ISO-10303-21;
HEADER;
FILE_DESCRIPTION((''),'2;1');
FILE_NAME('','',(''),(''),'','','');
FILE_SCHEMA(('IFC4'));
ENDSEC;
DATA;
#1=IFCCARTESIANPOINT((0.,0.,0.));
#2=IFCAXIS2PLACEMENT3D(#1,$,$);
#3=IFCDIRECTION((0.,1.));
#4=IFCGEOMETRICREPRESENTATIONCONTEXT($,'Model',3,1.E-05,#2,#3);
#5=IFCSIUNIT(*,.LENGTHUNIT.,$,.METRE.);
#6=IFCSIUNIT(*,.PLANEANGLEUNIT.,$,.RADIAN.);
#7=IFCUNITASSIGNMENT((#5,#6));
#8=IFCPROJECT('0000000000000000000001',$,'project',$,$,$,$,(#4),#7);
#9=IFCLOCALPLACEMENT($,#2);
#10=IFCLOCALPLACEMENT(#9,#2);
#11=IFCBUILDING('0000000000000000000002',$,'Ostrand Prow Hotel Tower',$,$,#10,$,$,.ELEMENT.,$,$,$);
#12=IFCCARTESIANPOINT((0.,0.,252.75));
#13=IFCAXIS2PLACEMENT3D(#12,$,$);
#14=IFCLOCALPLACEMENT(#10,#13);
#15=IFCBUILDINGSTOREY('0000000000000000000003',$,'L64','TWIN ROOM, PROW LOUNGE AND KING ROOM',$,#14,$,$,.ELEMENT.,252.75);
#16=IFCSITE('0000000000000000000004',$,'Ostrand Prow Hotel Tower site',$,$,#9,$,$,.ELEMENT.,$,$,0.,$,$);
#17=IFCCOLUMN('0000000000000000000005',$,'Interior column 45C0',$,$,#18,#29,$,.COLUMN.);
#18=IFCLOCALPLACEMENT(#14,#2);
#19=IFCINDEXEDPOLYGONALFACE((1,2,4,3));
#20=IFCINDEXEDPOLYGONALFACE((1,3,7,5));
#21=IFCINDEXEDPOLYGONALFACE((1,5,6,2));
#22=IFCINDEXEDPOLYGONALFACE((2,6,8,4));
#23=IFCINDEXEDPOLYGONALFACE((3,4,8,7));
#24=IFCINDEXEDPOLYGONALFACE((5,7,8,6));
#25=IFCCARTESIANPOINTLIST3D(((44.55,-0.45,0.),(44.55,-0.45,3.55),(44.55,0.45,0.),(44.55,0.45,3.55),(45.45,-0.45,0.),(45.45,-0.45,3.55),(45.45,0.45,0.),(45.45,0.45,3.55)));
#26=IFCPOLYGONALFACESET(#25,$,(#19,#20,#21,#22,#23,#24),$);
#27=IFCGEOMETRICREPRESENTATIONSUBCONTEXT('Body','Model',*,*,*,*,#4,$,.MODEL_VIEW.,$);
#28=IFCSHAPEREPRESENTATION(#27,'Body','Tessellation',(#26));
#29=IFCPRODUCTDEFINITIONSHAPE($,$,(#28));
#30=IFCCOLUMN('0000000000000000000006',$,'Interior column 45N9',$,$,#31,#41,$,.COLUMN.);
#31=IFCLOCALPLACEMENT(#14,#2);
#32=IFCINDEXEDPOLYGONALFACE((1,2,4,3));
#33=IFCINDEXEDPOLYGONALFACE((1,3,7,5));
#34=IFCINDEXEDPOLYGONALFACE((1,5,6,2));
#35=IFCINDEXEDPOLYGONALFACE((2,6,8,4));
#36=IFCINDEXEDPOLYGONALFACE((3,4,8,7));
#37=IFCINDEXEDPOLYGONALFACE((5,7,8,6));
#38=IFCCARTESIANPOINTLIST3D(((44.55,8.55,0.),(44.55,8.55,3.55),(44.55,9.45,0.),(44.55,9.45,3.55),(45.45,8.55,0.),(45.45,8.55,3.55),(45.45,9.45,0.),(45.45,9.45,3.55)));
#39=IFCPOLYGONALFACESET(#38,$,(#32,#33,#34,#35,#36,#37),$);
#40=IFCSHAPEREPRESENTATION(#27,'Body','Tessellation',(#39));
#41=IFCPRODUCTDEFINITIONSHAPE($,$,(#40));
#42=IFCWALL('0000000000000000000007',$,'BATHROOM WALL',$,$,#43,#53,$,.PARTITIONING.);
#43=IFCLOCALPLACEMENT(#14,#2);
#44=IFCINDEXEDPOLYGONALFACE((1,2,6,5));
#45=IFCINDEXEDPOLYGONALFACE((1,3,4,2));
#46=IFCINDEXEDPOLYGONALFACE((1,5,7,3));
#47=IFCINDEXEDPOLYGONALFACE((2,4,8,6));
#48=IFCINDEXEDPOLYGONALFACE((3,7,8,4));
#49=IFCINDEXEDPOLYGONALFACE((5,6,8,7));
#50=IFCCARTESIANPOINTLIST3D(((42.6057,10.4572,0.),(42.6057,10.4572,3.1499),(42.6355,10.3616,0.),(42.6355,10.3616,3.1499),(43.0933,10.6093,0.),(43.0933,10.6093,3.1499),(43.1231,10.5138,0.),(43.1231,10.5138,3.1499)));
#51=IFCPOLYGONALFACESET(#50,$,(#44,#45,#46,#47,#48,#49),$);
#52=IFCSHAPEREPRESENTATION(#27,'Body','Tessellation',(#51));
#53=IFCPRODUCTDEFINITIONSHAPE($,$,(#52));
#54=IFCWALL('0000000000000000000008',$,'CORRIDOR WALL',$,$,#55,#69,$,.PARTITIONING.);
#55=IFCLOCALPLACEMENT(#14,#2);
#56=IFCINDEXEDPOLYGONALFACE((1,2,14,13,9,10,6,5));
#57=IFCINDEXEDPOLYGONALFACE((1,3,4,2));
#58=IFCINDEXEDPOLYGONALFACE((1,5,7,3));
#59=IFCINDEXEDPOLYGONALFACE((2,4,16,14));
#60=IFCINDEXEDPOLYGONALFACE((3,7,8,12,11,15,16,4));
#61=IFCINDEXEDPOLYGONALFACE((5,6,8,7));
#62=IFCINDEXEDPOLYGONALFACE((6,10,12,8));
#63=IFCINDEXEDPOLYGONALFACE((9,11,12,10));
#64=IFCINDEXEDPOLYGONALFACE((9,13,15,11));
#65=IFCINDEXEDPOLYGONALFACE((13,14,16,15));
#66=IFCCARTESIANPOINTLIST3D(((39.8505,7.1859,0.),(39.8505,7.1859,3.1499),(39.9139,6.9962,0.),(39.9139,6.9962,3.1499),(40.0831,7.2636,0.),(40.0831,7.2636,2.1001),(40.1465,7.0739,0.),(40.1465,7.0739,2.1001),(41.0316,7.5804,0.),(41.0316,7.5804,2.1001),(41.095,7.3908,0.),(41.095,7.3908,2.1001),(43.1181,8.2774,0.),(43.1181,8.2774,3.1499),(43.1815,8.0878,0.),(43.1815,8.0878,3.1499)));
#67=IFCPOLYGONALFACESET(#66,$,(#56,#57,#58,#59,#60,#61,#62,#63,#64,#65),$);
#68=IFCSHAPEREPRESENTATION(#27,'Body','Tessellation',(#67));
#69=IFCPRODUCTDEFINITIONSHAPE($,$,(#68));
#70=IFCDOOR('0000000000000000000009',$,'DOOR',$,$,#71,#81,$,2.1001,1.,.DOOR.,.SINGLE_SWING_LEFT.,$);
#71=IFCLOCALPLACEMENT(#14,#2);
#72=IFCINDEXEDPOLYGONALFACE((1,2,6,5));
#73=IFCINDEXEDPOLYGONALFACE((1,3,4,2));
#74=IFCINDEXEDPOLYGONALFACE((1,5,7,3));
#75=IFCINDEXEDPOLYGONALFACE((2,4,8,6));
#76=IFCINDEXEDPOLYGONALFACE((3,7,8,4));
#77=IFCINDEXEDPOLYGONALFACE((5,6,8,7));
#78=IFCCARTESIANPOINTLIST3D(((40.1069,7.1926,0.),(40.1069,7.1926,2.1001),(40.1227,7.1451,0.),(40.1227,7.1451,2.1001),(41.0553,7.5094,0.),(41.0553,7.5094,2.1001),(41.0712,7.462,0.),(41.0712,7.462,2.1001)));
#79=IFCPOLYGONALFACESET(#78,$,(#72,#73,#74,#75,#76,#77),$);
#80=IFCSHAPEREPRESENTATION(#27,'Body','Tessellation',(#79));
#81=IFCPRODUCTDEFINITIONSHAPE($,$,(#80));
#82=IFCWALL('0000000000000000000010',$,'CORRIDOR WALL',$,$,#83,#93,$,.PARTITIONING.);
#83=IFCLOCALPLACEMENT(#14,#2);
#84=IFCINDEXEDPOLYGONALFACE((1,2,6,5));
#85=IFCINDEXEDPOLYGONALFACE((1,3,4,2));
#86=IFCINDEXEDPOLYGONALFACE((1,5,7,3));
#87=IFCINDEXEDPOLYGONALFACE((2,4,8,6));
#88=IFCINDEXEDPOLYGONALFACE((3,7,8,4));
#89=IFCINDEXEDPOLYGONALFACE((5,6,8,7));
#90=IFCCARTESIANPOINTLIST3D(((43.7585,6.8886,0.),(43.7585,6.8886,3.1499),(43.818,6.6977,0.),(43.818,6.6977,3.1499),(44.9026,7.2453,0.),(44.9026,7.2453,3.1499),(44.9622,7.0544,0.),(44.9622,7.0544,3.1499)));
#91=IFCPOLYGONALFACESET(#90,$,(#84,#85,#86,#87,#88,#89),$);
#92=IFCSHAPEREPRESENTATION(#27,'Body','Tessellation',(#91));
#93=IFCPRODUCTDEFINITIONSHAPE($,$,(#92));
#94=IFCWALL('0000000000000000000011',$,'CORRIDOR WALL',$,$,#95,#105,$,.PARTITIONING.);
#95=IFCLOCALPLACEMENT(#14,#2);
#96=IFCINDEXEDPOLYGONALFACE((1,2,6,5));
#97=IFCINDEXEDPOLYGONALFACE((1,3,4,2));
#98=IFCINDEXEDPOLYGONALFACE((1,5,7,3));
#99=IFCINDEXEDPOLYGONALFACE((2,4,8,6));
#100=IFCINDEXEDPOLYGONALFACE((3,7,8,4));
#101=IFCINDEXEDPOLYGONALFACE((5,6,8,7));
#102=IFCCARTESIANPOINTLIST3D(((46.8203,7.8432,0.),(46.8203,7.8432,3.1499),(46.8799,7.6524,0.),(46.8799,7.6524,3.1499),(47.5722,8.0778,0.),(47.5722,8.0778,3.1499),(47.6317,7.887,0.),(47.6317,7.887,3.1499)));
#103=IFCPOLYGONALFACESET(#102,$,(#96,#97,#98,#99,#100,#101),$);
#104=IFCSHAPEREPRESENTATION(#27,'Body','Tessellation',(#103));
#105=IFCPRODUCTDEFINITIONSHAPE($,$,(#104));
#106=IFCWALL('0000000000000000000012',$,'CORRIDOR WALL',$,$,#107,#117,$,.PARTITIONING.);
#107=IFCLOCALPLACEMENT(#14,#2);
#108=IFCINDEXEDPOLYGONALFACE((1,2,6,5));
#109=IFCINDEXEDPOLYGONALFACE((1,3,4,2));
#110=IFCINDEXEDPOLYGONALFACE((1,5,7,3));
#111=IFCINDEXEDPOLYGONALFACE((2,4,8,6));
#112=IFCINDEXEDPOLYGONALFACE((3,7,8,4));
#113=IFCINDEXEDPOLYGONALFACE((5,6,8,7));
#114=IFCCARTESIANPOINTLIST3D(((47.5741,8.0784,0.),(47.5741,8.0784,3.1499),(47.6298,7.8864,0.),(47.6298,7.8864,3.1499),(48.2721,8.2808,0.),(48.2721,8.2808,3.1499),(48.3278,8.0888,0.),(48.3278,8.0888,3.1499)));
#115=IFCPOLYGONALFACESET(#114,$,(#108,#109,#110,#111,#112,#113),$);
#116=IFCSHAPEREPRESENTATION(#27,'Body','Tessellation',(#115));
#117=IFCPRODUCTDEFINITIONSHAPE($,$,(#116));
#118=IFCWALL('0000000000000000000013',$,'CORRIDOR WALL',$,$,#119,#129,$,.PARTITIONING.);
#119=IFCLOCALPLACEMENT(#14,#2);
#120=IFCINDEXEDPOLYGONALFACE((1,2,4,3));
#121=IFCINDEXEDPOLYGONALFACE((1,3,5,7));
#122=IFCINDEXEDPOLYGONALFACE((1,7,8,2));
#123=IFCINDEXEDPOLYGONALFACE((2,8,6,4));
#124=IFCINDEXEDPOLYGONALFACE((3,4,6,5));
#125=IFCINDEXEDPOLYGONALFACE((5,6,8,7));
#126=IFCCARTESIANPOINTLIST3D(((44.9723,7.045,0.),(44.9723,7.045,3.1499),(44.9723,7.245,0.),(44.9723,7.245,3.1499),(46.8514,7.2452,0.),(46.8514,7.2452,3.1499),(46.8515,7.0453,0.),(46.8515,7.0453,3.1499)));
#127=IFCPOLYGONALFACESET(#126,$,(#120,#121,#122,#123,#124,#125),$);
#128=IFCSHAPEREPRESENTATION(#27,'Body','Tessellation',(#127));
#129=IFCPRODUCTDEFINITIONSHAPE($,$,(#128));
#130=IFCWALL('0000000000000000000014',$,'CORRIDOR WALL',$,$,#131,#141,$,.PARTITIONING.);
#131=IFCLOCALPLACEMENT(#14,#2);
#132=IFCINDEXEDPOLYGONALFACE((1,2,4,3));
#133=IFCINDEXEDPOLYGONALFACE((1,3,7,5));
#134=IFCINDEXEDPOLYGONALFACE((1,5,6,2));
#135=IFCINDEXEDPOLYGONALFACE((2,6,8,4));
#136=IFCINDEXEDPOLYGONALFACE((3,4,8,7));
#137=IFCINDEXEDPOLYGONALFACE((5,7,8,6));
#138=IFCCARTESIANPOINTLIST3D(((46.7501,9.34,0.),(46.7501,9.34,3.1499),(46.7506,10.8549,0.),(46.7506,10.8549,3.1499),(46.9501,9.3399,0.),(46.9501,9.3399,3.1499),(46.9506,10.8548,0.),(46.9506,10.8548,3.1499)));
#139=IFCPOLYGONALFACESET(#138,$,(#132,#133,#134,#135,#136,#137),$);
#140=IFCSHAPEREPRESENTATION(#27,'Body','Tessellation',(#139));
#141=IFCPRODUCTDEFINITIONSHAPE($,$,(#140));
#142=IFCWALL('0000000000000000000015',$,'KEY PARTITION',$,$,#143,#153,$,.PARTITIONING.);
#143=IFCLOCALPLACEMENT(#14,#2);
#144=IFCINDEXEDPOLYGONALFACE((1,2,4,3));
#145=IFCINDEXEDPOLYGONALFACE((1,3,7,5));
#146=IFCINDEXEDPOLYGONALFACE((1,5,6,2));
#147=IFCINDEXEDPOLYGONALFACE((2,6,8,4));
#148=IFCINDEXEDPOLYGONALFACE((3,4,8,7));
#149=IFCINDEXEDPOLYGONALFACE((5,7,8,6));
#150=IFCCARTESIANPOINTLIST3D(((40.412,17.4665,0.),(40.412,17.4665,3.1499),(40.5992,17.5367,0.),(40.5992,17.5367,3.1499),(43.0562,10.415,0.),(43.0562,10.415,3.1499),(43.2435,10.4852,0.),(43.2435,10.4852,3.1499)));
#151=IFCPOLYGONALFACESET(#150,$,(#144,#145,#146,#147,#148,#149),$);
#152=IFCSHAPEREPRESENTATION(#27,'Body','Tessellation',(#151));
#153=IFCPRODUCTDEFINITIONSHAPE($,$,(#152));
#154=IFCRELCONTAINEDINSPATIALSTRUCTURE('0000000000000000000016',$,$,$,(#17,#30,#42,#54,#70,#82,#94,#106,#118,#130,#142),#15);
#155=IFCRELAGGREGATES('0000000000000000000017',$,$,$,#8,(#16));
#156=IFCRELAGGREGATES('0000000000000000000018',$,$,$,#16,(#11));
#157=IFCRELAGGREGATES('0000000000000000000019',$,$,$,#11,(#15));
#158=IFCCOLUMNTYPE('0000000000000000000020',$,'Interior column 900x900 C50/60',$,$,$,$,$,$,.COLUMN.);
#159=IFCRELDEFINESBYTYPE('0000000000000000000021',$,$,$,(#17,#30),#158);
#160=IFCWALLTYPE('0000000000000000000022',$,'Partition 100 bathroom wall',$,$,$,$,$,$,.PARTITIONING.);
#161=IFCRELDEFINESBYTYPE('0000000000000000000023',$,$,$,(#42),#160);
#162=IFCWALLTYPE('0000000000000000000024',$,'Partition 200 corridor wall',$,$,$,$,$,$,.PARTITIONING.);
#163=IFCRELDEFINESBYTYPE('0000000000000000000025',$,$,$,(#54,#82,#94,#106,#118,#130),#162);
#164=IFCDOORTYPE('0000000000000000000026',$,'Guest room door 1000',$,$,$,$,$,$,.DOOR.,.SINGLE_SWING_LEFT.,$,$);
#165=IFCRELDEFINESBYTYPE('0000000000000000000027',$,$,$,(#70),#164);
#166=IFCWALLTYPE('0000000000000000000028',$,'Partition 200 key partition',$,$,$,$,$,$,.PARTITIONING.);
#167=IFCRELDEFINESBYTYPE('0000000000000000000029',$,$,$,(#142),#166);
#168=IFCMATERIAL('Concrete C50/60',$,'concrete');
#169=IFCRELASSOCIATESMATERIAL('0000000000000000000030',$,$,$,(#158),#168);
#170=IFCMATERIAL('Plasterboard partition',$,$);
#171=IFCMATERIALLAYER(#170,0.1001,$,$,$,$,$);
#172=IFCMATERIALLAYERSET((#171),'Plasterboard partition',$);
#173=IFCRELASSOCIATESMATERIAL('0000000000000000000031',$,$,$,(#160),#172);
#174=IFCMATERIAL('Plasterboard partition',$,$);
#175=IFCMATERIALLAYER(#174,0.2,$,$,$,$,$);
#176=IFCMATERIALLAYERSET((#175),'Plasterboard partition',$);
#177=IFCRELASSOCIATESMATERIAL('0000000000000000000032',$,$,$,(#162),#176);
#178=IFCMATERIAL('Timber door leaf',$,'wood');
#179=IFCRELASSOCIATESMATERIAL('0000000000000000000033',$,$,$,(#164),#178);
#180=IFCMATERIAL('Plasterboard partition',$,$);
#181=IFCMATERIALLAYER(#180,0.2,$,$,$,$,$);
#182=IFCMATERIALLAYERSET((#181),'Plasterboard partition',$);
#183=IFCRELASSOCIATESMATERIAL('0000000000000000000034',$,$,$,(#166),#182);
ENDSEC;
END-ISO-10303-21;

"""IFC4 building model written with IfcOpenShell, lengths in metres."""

from ifc_helpers import new_model, si_unit, direction, frame, frame_2d, origin, origin_2d, place, context, subcontext, project, spatial, rectangle, extrude, material, layer, layer_set, material_profile, profile_set, type_object, element, fill, save


model = new_model("IFC4")

# Units and contexts
model_context = context("Model", 3, precision=1e-05, world=origin(), true_north=direction((0.0, 1.0)))
body_context = subcontext(model_context, "Body", "Model", "MODEL_VIEW")
ifc_project = project(units=[si_unit("LENGTHUNIT", "METRE"), si_unit("PLANEANGLEUNIT", "RADIAN")], contexts=[model_context])

# Site, building, storey
site_placement = place(None, origin())
site = spatial("IfcSite", under=ifc_project, at=site_placement, Name="Ostrand Prow Hotel Tower site", CompositionType="ELEMENT", RefElevation=0.0)
building_placement = place(site_placement, origin())
building = spatial("IfcBuilding", under=site, at=building_placement, Name="Ostrand Prow Hotel Tower", CompositionType="ELEMENT")
storey_placement = place(building_placement, frame((0.0, 0.0, 252.75)))
storey = spatial("IfcBuildingStorey", under=building, at=storey_placement, Name="L64", Description="TWIN ROOM, PROW LOUNGE AND KING ROOM", CompositionType="ELEMENT", Elevation=252.75)

# Columns
ifc_material_1 = material(Name="Concrete C50/60", Category="concrete")
ifc_material_profile = material_profile(ifc_material_1, rectangle(XDim=0.8999, YDim=0.8999, at=origin_2d()), Name="RC 900x900")
ifc_profile_set = profile_set([ifc_material_profile], Name="Concrete C50/60")
column_type = type_object("IfcColumnType", Name="Interior column 900x900 C50/60", PredefinedType="COLUMN", material=ifc_profile_set)
for number, where, z_axis, x_axis, name in (
    (1, (45.0, 0.0, 0.0), (0.0, 0.0, 1.0), (1.0, 0.0, 0.0), "Interior column 45C0"),
    (2, (45.0, 9.0, 0.0), (0.0, 0.0, 1.0), (1.0, 0.0, 0.0), "Interior column 45N9"),
):
    element("IfcColumn", number, at=place(storey_placement, frame(where, z_axis=z_axis, x_axis=x_axis)), inside=storey, type_object=column_type, Name=name, PredefinedType="COLUMN", context=body_context, shape_type="SweptSolid", body=[
        extrude(rectangle(XDim=0.8999, YDim=0.8999, at=origin_2d()), origin(), (0.0, 0.0, 1.0), 3.55),
    ])

# Wall
ifc_material_2 = material(Name="Plasterboard partition")
ifc_layer_1 = layer(ifc_material_2, 0.1001)
ifc_layer_set_1 = layer_set([ifc_layer_1], Name="Plasterboard partition")
wall_type_1 = type_object("IfcWallType", Name="Partition 100 bathroom wall", PredefinedType="PARTITIONING", material=ifc_layer_set_1)
wall_1_placement = place(storey_placement, frame((42.6206, 10.4094, 0.0), z_axis=(0.0, 0.0, 1.0), x_axis=(0.954624, 0.297812, 0.0)))
element("IfcWall", 3, at=wall_1_placement, inside=storey, type_object=wall_type_1, Name="BATHROOM WALL", PredefinedType="PARTITIONING", context=body_context, shape_type="SweptSolid", body=[
    extrude(rectangle(XDim=0.5107, YDim=0.1001, at=frame_2d((0.2554, 0.0))), origin(), (0.0, 0.0, 1.0), 3.1499),
])

# Wall, opening, door
ifc_material_3 = material(Name="Plasterboard partition")
ifc_layer_2 = layer(ifc_material_3, 0.2)
ifc_layer_set_2 = layer_set([ifc_layer_2], Name="Plasterboard partition")
wall_type_2 = type_object("IfcWallType", Name="Partition 200 corridor wall", PredefinedType="PARTITIONING", material=ifc_layer_set_2)
wall_2_placement = place(storey_placement, frame((43.1499, 8.1826, 0.0), z_axis=(0.0, 0.0, 1.0), x_axis=(-0.948478, -0.316844, 0.0)))
wall_2 = element("IfcWall", 4, at=wall_2_placement, inside=storey, type_object=wall_type_2, Name="CORRIDOR WALL", PredefinedType="PARTITIONING", context=body_context, shape_type="SweptSolid", body=[
    extrude(rectangle(XDim=3.4451, YDim=0.2, at=frame_2d((1.7227, 0.0))), origin(), (0.0, 0.0, 1.0), 3.1499),
])
opening_placement = place(wall_2_placement, frame((2.2, 0.0, 0.0)))
opening = element("IfcOpeningElement", 5, at=opening_placement, cuts=wall_2, PredefinedType="OPENING", context=body_context, shape_type="SweptSolid", body=[
    extrude(rectangle(XDim=1.0, YDim=2.1001, at=frame_2d((0.5, 1.05))), frame((0.0, 0.1099, 0.0), z_axis=(0.0, -1.0, 0.0), x_axis=(1.0, 0.0, 0.0)), (0.0, 0.0, 1.0), 0.22),
])
ifc_material_4 = material(Name="Timber door leaf", Category="wood")
door_type = type_object("IfcDoorType", Name="Guest room door 1000", OperationType="SINGLE_SWING_LEFT", PredefinedType="DOOR", material=ifc_material_4)
door_placement = place(opening_placement, origin())
door = element("IfcDoor", 6, at=door_placement, inside=storey, type_object=door_type, Name="DOOR", OperationType="SINGLE_SWING_LEFT", OverallHeight=2.1001, OverallWidth=1.0, PredefinedType="DOOR", context=body_context, shape_type="SweptSolid", body=[
    extrude(rectangle(XDim=1.0, YDim=2.1001, at=frame_2d((0.5, 1.05))), frame((0.0, 0.0249, 0.0), z_axis=(0.0, -1.0, 0.0), x_axis=(1.0, 0.0, 0.0)), (0.0, 0.0, 1.0), 0.05),
])
fill(opening, door)

# Walls
wall_3_placement = place(storey_placement, frame((43.7883, 6.7932, 0.0), z_axis=(0.0, 0.0, 1.0), x_axis=(0.954694, 0.297591, 0.0)))
element("IfcWall", 7, at=wall_3_placement, inside=storey, type_object=wall_type_2, Name="CORRIDOR WALL", PredefinedType="PARTITIONING", context=body_context, shape_type="SweptSolid", body=[
    extrude(rectangle(XDim=1.1985, YDim=0.2, at=frame_2d((0.5991, 0.0))), origin(), (0.0, 0.0, 1.0), 3.1499),
])
wall_4_placement = place(storey_placement, frame((46.8501, 7.7478, 0.0), z_axis=(0.0, 0.0, 1.0), x_axis=(0.954612, 0.297851, 0.0)))
element("IfcWall", 8, at=wall_4_placement, inside=storey, type_object=wall_type_2, Name="CORRIDOR WALL", PredefinedType="PARTITIONING", context=body_context, shape_type="SweptSolid", body=[
    extrude(rectangle(XDim=0.7876, YDim=0.2, at=frame_2d((0.3938, 0.0))), origin(), (0.0, 0.0, 1.0), 3.1499),
])
wall_5_placement = place(storey_placement, frame((47.6021, 7.9824, 0.0), z_axis=(0.0, 0.0, 1.0), x_axis=(0.960439, 0.27849, 0.0)))
element("IfcWall", 9, at=wall_5_placement, inside=storey, type_object=wall_type_2, Name="CORRIDOR WALL", PredefinedType="PARTITIONING", context=body_context, shape_type="SweptSolid", body=[
    extrude(rectangle(XDim=0.7268, YDim=0.2, at=frame_2d((0.3633, 0.0))), origin(), (0.0, 0.0, 1.0), 3.1499),
])
wall_6_placement = place(storey_placement, frame((44.9724, 7.145, 0.0), z_axis=(0.0, 0.0, 1.0), x_axis=(1.0, 0.00013, 0.0)))
element("IfcWall", 10, at=wall_6_placement, inside=storey, type_object=wall_type_2, Name="CORRIDOR WALL", PredefinedType="PARTITIONING", context=body_context, shape_type="SweptSolid", body=[
    extrude(rectangle(XDim=1.8792, YDim=0.2, at=frame_2d((0.9395, 0.0))), origin(), (0.0, 0.0, 1.0), 3.1499),
])
wall_7_placement = place(storey_placement, frame((46.8501, 9.3401, 0.0), z_axis=(0.0, 0.0, 1.0), x_axis=(0.000322, 1.0, 0.0)))
element("IfcWall", 11, at=wall_7_placement, inside=storey, type_object=wall_type_2, Name="CORRIDOR WALL", PredefinedType="PARTITIONING", context=body_context, shape_type="SweptSolid", body=[
    extrude(rectangle(XDim=1.5149, YDim=0.2, at=frame_2d((0.7573, 0.0))), origin(), (0.0, 0.0, 1.0), 3.1499),
])
ifc_material_5 = material(Name="Plasterboard partition")
ifc_layer_3 = layer(ifc_material_5, 0.2)
ifc_layer_set_3 = layer_set([ifc_layer_3], Name="Plasterboard partition")
wall_type_3 = type_object("IfcWallType", Name="Partition 200 key partition", PredefinedType="PARTITIONING", material=ifc_layer_set_3)
wall_8_placement = place(storey_placement, frame((43.1499, 10.45, 0.0), z_axis=(0.0, 0.0, 1.0), x_axis=(-0.35112, 0.936331, 0.0)))
element("IfcWall", 12, at=wall_8_placement, inside=storey, type_object=wall_type_3, Name="KEY PARTITION", PredefinedType="PARTITIONING", context=body_context, shape_type="SweptSolid", body=[
    extrude(rectangle(XDim=7.531, YDim=0.2, at=frame_2d((3.7656, 0.0))), origin(), (0.0, 0.0, 1.0), 3.1499),
])

save(model, "model.ifc")
